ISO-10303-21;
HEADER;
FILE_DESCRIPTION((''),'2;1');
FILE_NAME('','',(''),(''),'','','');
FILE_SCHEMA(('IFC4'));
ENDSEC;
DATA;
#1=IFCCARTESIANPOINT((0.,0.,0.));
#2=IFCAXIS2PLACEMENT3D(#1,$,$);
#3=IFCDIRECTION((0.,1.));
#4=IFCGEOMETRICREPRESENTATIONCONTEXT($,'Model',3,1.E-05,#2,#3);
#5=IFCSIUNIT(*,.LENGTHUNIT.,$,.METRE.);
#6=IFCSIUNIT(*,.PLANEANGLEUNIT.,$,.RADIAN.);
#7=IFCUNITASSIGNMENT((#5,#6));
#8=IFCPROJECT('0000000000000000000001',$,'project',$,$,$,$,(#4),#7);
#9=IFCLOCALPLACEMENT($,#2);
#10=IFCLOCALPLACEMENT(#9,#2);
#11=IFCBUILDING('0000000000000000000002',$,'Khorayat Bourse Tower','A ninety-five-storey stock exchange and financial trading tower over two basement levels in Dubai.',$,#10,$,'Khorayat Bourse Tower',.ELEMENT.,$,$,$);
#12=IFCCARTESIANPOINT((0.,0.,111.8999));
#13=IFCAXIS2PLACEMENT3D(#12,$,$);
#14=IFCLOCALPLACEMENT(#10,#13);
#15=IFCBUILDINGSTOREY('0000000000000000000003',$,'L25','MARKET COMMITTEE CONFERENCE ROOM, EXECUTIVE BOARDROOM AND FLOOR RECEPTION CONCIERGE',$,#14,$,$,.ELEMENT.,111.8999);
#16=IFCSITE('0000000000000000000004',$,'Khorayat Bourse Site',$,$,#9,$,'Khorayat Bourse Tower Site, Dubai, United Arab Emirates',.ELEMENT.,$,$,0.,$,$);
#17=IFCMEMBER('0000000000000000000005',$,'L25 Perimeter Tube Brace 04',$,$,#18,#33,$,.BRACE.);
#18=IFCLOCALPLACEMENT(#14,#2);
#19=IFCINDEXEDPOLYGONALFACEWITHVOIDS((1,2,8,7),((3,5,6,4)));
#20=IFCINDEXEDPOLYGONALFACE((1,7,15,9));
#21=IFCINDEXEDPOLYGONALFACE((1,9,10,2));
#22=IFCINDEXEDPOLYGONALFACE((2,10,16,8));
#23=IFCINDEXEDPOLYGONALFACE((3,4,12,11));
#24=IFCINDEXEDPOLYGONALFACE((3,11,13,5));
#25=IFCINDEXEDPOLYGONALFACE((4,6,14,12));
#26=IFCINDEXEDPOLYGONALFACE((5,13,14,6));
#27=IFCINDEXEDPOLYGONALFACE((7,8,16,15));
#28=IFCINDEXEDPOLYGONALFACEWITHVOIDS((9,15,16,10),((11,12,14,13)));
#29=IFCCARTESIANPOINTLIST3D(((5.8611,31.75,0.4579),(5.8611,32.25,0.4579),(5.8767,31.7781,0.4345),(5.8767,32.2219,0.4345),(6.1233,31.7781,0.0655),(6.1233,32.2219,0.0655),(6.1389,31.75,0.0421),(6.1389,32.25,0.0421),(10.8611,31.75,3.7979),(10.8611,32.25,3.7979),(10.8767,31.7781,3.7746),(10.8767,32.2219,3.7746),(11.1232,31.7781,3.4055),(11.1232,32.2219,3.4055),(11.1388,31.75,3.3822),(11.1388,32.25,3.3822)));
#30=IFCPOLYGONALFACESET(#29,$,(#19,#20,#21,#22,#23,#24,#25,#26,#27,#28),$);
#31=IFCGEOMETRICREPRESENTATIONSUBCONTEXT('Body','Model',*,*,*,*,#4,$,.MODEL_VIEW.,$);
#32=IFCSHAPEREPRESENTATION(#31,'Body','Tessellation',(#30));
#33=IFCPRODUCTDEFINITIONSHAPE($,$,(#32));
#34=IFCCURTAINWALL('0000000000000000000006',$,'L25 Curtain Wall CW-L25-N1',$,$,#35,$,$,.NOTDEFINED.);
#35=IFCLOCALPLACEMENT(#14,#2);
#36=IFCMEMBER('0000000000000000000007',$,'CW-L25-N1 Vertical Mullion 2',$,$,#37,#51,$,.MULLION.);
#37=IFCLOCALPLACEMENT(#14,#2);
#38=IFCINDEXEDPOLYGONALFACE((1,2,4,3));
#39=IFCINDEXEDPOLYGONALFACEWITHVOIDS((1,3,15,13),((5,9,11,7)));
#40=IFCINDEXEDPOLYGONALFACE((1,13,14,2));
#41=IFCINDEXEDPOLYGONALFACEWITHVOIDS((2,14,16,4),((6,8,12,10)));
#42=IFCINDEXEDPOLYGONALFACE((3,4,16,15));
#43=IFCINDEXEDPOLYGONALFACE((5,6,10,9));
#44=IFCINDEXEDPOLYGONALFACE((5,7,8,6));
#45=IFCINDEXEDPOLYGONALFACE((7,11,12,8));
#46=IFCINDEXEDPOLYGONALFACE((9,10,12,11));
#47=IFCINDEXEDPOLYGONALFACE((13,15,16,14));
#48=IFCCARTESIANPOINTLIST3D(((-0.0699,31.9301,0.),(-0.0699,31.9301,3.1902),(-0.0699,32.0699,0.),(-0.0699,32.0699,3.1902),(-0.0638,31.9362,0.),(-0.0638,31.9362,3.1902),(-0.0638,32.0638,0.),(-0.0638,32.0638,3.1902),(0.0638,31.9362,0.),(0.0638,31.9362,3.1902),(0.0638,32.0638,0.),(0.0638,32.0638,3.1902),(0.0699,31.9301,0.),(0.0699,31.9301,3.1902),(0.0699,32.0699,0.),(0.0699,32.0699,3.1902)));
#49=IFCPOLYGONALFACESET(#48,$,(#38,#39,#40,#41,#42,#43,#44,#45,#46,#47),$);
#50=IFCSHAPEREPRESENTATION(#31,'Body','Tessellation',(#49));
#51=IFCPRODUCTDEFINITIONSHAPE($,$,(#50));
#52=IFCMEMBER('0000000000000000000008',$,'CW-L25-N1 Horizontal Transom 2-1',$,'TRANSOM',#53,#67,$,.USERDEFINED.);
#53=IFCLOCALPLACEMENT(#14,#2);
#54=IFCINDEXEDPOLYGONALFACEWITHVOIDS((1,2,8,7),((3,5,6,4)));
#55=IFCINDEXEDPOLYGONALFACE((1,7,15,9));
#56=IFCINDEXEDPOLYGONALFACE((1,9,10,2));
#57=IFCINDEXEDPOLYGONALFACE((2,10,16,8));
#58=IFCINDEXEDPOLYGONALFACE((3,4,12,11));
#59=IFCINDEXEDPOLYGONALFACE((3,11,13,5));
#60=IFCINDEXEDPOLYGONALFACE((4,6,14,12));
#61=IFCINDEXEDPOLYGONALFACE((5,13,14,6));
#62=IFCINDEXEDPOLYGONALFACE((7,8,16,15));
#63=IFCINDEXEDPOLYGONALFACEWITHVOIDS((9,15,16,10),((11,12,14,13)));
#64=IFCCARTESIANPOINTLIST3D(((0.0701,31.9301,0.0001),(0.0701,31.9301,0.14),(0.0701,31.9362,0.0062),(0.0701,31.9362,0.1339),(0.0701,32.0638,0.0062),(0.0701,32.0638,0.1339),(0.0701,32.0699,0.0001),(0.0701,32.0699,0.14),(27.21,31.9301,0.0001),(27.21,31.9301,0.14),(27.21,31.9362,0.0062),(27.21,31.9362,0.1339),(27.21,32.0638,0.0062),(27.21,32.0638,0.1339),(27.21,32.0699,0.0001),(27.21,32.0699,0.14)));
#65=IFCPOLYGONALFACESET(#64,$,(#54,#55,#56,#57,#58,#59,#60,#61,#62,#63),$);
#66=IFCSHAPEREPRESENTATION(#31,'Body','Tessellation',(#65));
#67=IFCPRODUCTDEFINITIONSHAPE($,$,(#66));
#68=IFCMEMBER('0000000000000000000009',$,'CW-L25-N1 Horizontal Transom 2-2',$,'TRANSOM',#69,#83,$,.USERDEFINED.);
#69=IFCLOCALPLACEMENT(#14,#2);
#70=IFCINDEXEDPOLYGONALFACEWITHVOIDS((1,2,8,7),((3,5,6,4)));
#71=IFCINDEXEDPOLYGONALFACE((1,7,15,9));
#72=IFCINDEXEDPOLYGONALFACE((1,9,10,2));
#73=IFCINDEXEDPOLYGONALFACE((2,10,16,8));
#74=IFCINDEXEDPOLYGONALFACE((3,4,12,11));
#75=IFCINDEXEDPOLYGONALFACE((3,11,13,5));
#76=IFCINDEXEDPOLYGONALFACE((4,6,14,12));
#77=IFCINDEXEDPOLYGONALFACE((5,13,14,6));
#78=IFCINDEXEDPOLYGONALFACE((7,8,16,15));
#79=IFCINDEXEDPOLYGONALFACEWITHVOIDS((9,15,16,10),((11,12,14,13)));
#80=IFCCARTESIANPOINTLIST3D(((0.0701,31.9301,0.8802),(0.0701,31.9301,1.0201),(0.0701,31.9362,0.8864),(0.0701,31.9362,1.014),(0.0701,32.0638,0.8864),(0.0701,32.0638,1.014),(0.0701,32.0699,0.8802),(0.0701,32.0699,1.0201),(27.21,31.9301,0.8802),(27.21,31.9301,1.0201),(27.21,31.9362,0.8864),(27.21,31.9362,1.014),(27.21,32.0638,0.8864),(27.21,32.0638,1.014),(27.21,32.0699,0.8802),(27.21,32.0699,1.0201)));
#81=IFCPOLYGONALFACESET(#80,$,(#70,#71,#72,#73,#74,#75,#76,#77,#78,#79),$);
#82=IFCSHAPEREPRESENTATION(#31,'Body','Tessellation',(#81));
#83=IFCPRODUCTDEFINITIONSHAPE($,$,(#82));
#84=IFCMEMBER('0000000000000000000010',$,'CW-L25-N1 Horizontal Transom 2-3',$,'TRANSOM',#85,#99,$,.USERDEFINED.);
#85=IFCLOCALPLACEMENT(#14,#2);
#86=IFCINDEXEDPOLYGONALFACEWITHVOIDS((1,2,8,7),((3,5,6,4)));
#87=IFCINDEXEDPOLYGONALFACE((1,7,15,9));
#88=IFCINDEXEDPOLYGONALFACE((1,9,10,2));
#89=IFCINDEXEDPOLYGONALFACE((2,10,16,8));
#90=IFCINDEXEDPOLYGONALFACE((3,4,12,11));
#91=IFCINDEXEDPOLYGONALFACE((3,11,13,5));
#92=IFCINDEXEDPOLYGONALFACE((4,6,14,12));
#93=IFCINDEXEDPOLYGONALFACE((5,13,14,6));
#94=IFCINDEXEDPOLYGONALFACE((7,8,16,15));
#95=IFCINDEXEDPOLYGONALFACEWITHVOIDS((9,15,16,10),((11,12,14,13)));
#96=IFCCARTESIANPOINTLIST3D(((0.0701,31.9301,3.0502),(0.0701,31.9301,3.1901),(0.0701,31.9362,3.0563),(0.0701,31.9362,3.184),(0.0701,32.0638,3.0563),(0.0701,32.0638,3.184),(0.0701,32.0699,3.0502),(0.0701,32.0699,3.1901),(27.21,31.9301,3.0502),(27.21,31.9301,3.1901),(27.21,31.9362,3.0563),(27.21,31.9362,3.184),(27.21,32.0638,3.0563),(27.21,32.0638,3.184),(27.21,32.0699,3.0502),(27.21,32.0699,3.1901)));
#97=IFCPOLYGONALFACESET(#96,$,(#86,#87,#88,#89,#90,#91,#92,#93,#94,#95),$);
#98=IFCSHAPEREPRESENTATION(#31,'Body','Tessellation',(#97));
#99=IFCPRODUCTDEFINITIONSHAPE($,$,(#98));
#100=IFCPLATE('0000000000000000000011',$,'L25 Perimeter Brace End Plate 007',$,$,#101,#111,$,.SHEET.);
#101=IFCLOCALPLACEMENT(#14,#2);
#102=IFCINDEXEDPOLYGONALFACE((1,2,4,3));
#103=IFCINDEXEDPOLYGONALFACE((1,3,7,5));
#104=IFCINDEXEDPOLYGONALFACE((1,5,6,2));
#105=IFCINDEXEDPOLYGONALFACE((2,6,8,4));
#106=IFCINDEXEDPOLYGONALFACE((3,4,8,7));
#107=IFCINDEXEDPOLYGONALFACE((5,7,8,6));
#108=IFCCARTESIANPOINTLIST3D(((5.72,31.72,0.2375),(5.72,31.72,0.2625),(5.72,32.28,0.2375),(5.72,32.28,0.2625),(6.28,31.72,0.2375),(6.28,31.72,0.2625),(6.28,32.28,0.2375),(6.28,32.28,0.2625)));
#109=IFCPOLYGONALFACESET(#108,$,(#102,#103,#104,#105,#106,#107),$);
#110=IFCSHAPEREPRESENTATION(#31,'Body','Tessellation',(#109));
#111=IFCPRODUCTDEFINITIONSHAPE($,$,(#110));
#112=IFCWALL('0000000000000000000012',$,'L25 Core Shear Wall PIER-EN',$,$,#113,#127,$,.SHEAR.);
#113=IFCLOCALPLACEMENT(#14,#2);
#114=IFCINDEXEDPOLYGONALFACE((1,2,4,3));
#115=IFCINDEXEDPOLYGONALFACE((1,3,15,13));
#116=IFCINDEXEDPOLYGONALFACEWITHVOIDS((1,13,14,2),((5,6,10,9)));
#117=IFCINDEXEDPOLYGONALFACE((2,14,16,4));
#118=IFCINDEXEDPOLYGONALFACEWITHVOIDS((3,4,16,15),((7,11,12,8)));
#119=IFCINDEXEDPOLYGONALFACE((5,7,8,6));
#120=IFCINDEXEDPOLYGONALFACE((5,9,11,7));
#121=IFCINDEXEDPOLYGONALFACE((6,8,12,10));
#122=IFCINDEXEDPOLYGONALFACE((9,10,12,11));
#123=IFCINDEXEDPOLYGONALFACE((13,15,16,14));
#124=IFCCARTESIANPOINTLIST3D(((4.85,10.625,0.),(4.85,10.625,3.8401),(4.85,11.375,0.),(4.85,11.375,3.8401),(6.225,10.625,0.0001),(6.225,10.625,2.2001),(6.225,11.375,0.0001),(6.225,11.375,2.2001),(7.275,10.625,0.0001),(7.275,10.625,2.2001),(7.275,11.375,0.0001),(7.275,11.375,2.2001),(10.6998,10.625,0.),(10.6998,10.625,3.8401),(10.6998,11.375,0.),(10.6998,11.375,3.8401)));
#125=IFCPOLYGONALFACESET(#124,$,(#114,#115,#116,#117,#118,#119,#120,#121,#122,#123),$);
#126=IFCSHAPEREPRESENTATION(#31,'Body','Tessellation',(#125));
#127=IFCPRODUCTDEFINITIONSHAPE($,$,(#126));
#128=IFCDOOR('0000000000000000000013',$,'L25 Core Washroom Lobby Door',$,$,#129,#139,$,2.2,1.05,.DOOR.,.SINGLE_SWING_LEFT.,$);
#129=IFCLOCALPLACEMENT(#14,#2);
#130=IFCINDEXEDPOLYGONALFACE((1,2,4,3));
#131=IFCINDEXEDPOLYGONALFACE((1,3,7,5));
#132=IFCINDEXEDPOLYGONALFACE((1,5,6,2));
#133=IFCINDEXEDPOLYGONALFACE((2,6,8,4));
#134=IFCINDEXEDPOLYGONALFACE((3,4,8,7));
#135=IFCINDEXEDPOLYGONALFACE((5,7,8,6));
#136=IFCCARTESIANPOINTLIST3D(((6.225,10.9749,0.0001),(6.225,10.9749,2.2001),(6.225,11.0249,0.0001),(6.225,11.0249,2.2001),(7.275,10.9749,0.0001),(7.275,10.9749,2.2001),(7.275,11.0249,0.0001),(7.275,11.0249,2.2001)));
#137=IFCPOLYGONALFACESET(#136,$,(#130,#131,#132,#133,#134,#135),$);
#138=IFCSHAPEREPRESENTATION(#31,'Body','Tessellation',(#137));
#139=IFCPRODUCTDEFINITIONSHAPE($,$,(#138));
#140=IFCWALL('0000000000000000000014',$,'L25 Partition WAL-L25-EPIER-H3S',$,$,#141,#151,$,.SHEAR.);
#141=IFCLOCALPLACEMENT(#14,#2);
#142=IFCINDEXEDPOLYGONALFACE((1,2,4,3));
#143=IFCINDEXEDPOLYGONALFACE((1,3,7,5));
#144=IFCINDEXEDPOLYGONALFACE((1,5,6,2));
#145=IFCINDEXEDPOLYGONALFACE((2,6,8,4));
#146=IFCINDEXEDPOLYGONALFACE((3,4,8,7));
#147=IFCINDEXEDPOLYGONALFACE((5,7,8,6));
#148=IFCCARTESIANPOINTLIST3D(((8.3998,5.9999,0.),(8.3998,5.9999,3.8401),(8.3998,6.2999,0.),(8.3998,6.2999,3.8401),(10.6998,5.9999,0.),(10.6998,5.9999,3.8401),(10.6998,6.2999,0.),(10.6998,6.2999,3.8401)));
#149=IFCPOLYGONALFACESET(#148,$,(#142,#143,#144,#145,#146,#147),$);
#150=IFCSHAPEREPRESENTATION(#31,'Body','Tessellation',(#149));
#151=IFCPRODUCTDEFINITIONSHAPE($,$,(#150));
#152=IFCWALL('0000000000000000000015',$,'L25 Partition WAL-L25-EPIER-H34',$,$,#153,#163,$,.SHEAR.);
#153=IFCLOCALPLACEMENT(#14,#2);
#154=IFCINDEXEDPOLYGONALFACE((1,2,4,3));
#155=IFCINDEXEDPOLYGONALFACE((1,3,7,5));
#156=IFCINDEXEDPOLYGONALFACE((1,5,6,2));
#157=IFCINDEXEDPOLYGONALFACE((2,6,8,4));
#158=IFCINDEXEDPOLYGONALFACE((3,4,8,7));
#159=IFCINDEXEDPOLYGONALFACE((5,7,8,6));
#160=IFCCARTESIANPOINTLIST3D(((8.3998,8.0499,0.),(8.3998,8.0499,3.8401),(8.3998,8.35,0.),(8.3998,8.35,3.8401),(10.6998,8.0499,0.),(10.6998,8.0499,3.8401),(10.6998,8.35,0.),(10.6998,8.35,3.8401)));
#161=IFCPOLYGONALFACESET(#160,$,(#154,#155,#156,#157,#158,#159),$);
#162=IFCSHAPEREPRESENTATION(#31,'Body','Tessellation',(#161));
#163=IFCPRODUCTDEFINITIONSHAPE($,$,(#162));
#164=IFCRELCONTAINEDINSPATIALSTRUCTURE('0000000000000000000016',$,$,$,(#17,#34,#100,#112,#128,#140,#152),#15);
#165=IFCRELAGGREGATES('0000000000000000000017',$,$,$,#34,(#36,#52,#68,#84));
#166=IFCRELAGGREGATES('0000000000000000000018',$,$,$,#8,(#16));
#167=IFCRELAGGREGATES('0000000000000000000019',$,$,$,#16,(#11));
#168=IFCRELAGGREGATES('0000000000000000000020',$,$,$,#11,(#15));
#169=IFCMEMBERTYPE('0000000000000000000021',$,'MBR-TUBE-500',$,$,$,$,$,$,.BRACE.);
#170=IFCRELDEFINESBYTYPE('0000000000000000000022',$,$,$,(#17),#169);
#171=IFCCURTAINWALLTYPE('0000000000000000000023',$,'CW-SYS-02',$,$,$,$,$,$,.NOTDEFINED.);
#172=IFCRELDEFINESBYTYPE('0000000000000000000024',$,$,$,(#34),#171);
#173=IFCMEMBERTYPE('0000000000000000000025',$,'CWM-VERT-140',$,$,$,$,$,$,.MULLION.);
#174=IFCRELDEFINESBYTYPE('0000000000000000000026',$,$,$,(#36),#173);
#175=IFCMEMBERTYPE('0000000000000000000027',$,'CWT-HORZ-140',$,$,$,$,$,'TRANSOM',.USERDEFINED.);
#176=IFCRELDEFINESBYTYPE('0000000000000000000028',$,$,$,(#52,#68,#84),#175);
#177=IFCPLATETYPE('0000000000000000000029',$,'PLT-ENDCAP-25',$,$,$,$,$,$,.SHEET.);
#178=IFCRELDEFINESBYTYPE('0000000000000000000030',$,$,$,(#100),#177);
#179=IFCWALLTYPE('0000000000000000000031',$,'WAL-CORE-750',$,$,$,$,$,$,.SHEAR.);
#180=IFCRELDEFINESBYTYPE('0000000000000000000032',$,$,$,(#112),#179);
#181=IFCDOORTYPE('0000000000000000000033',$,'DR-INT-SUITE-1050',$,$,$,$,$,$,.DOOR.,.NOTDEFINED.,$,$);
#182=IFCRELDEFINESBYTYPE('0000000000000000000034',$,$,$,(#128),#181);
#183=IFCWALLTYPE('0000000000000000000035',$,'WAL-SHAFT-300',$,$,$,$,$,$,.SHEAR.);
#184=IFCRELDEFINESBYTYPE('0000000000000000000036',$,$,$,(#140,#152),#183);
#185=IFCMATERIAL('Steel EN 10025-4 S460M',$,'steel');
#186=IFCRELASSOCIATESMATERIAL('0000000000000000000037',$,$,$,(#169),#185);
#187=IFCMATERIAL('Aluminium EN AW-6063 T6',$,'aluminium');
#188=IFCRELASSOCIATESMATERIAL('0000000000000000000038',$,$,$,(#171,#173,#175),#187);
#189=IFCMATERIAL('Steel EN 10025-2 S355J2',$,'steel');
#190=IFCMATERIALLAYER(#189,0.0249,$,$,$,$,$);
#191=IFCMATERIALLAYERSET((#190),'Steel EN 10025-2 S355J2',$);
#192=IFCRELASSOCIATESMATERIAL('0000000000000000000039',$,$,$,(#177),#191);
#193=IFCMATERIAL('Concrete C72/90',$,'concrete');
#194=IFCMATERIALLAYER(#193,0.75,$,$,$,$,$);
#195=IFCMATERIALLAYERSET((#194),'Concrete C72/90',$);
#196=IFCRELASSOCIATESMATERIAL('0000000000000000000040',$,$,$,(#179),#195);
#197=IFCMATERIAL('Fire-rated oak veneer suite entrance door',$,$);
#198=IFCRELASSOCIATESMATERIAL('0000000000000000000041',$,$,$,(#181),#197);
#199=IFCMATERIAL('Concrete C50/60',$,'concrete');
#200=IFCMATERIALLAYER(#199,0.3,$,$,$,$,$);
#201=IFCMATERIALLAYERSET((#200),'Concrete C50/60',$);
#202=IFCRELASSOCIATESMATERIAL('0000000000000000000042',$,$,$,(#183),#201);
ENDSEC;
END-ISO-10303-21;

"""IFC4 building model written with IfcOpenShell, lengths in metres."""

from ifc_helpers import new_model, si_unit, direction, frame, frame_2d, origin, origin_2d, place, context, subcontext, project, spatial, rectangle, hollow_rectangle, extrude, source, transform, mapped, material, layer, layer_set, material_profile, profile_set, type_object, element, fill, aggregate, save


model = new_model("IFC4")

# Units and contexts
model_context = context("Model", 3, precision=1e-05, world=origin(), true_north=direction((0.0, 1.0)))
body_context = subcontext(model_context, "Body", "Model", "MODEL_VIEW")
ifc_project = project(units=[si_unit("LENGTHUNIT", "METRE"), si_unit("PLANEANGLEUNIT", "RADIAN")], contexts=[model_context])

# Site, building, storey
site_placement = place(None, origin())
site = spatial("IfcSite", under=ifc_project, at=site_placement, Name="Khorayat Bourse Site", LongName="Khorayat Bourse Tower Site, Dubai, United Arab Emirates", CompositionType="ELEMENT", RefElevation=0.0)
building_placement = place(site_placement, origin())
building = spatial("IfcBuilding", under=site, at=building_placement, Name="Khorayat Bourse Tower", Description="A ninety-five-storey stock exchange and financial trading tower over two basement levels in Dubai.", LongName="Khorayat Bourse Tower", CompositionType="ELEMENT")
storey_placement = place(building_placement, frame((0.0, 0.0, 111.8999)))
storey = spatial("IfcBuildingStorey", under=building, at=storey_placement, Name="L25", Description="MARKET COMMITTEE CONFERENCE ROOM, EXECUTIVE BOARDROOM AND FLOOR RECEPTION CONCIERGE", CompositionType="ELEMENT", Elevation=111.8999)

# Shared definitions
ifc_material_1 = material(Name="Steel EN 10025-4 S460M", Category="steel")
ifc_material_2 = material(Name="Concrete C72/90", Category="concrete")

# Member
ifc_material_profile_1 = material_profile(ifc_material_1, hollow_rectangle(XDim=0.5, YDim=0.5, WallThickness=0.0281, at=origin_2d()), Name="HSS 500x500x28")
ifc_profile_set_1 = profile_set([ifc_material_profile_1], Name="Steel EN 10025-4 S460M")
member_type_1 = type_object("IfcMemberType", Name="MBR-TUBE-500", PredefinedType="BRACE", material=ifc_profile_set_1)
shared_shape_1 = source(origin(), body_context, "Body", "SweptSolid", [
    extrude(hollow_rectangle(XDim=0.5, YDim=0.5, WallThickness=0.0281, at=origin_2d()), origin(), (0.0, 0.0, 1.0), 6.0129),
])
member_1_placement = place(storey_placement, frame((6.0, 32.0, 0.25), z_axis=(0.831531, 0.0, 0.555478), x_axis=(0.0, 1.0, 0.0)))
element("IfcMember", 1, at=member_1_placement, inside=storey, type_object=member_type_1, Name="L25 Perimeter Tube Brace 04", PredefinedType="BRACE", context=body_context, shape_type="MappedRepresentation", body=[
    mapped(shared_shape_1, transform((0.0, 0.0, 0.0), scale=1.0)),
])

# Curtain wall, members
ifc_material_3 = material(Name="Aluminium EN AW-6063 T6", Category="aluminium")
curtain_wall_type = type_object("IfcCurtainWallType", Name="CW-SYS-02", PredefinedType="NOTDEFINED", material=ifc_material_3)
curtain_wall_placement = place(storey_placement, origin())
curtain_wall = element("IfcCurtainWall", 2, at=curtain_wall_placement, inside=storey, type_object=curtain_wall_type, Name="L25 Curtain Wall CW-L25-N1", PredefinedType="NOTDEFINED")
ifc_material_profile_2 = material_profile(ifc_material_3, hollow_rectangle(XDim=0.1399, YDim=0.1399, WallThickness=0.0061, at=origin_2d()), Name="ALU 140x140x6")
ifc_profile_set_2 = profile_set([ifc_material_profile_2], Name="Aluminium EN AW-6063 T6")
member_type_2 = type_object("IfcMemberType", Name="CWM-VERT-140", PredefinedType="MULLION", material=ifc_profile_set_2)
shared_shape_2 = source(origin(), body_context, "Body", "SweptSolid", [
    extrude(hollow_rectangle(XDim=0.1399, YDim=0.1399, WallThickness=0.0061, at=origin_2d()), origin(), (0.0, 0.0, 1.0), 3.1902),
])
member_2_placement = place(storey_placement, frame((0.0, 32.0, 0.0), z_axis=(0.0, 0.0, 1.0), x_axis=(0.0, 1.0, 0.0)))
member_2 = element("IfcMember", 3, at=member_2_placement, type_object=member_type_2, Name="CW-L25-N1 Vertical Mullion 2", PredefinedType="MULLION", context=body_context, shape_type="MappedRepresentation", body=[
    mapped(shared_shape_2, transform((0.0, 0.0, 0.0), scale=1.0)),
])
ifc_material_profile_3 = material_profile(ifc_material_3, hollow_rectangle(XDim=0.1399, YDim=0.1399, WallThickness=0.0061, at=origin_2d()), Name="ALU 140x140x6")
ifc_profile_set_3 = profile_set([ifc_material_profile_3], Name="Aluminium EN AW-6063 T6")
member_type_3 = type_object("IfcMemberType", Name="CWT-HORZ-140", ElementType="TRANSOM", PredefinedType="USERDEFINED", material=ifc_profile_set_3)
shared_shape_3 = source(origin(), body_context, "Body", "SweptSolid", [
    extrude(hollow_rectangle(XDim=0.1399, YDim=0.1399, WallThickness=0.0061, at=origin_2d()), origin(), (0.0, 0.0, 1.0), 27.1399),
])
member_3_placement = place(storey_placement, frame((0.0701, 32.0, 0.0701), z_axis=(1.0, 0.0, 0.0), x_axis=(0.0, 1.0, 0.0)))
member_3 = element("IfcMember", 4, at=member_3_placement, type_object=member_type_3, Name="CW-L25-N1 Horizontal Transom 2-1", ObjectType="TRANSOM", PredefinedType="USERDEFINED", context=body_context, shape_type="MappedRepresentation", body=[
    mapped(shared_shape_3, transform((0.0, 0.0, 0.0), scale=1.0)),
])
member_4_placement = place(storey_placement, frame((0.0701, 32.0, 0.9502), z_axis=(1.0, 0.0, 0.0), x_axis=(0.0, 1.0, 0.0)))
member_4 = element("IfcMember", 5, at=member_4_placement, type_object=member_type_3, Name="CW-L25-N1 Horizontal Transom 2-2", ObjectType="TRANSOM", PredefinedType="USERDEFINED", context=body_context, shape_type="MappedRepresentation", body=[
    mapped(shared_shape_3, transform((0.0, 0.0, 0.0), scale=1.0)),
])
member_5_placement = place(storey_placement, frame((0.0701, 32.0, 3.1201), z_axis=(1.0, 0.0, 0.0), x_axis=(0.0, 1.0, 0.0)))
member_5 = element("IfcMember", 6, at=member_5_placement, type_object=member_type_3, Name="CW-L25-N1 Horizontal Transom 2-3", ObjectType="TRANSOM", PredefinedType="USERDEFINED", context=body_context, shape_type="MappedRepresentation", body=[
    mapped(shared_shape_3, transform((0.0, 0.0, 0.0), scale=1.0)),
])
aggregate(curtain_wall, [member_2, member_3, member_4, member_5])

# Plate
ifc_material_4 = material(Name="Steel EN 10025-2 S355J2", Category="steel")
ifc_layer_1 = layer(ifc_material_4, 0.0249)
ifc_layer_set_1 = layer_set([ifc_layer_1], Name="Steel EN 10025-2 S355J2")
plate_type = type_object("IfcPlateType", Name="PLT-ENDCAP-25", PredefinedType="SHEET", material=ifc_layer_set_1)
shared_shape_4 = source(origin(), body_context, "Body", "SweptSolid", [
    extrude(rectangle(XDim=0.5601, YDim=0.5601, at=origin_2d()), origin(), (0.0, 0.0, 1.0), 0.0249),
])
plate_placement = place(storey_placement, frame((6.0, 32.0, 0.2375), z_axis=(0.0, 0.0, 1.0), x_axis=(1.0, 0.0, 0.0)))
element("IfcPlate", 7, at=plate_placement, inside=storey, type_object=plate_type, Name="L25 Perimeter Brace End Plate 007", PredefinedType="SHEET", context=body_context, shape_type="MappedRepresentation", body=[
    mapped(shared_shape_4, transform((0.0, 0.0, 0.0), scale=1.0)),
])

# Wall, opening, door
ifc_layer_2 = layer(ifc_material_2, 0.75)
ifc_layer_set_2 = layer_set([ifc_layer_2], Name="Concrete C72/90")
wall_type_1 = type_object("IfcWallType", Name="WAL-CORE-750", PredefinedType="SHEAR", material=ifc_layer_set_2)
shared_shape_5 = source(origin(), body_context, "Body", "SweptSolid", [
    extrude(rectangle(XDim=5.8499, YDim=0.75, at=frame_2d((2.9248, 0.0))), origin(), (0.0, 0.0, 1.0), 3.8401),
])
wall_1_placement = place(storey_placement, frame((4.8501, 11.0, 0.0), z_axis=(0.0, 0.0, 1.0), x_axis=(1.0, 0.0, 0.0)))
wall_1 = element("IfcWall", 8, at=wall_1_placement, inside=storey, type_object=wall_type_1, Name="L25 Core Shear Wall PIER-EN", PredefinedType="SHEAR", context=body_context, shape_type="MappedRepresentation", body=[
    mapped(shared_shape_5, transform((0.0, 0.0, 0.0), scale=1.0)),
])
shared_shape_6 = source(origin(), body_context, "Body", "SweptSolid", [
    extrude(rectangle(XDim=1.05, YDim=2.2, at=frame_2d((0.5249, 1.1001))), frame((0.0, 0.385, 0.0), z_axis=(0.0, -1.0, 0.0), x_axis=(1.0, 0.0, 0.0)), (0.0, 0.0, 1.0), 0.77),
])
opening_1_placement = place(wall_1_placement, frame((1.375, 0.0, 0.0)))
opening_1 = element("IfcOpeningElement", 9, at=opening_1_placement, cuts=wall_1, PredefinedType="OPENING", context=body_context, shape_type="MappedRepresentation", body=[
    mapped(shared_shape_6, transform((0.0, 0.0, 0.0), scale=1.0)),
])
ifc_material_5 = material(Name="Fire-rated oak veneer suite entrance door")
door_type_1 = type_object("IfcDoorType", Name="DR-INT-SUITE-1050", OperationType="NOTDEFINED", PredefinedType="DOOR", material=ifc_material_5)
shared_shape_7 = source(origin(), body_context, "Body", "SweptSolid", [
    extrude(rectangle(XDim=1.05, YDim=2.2, at=frame_2d((0.5249, 1.1001))), frame((0.0, 0.0249, 0.0), z_axis=(0.0, -1.0, 0.0), x_axis=(1.0, 0.0, 0.0)), (0.0, 0.0, 1.0), 0.05),
])
door_1_placement = place(opening_1_placement, origin())
door_1 = element("IfcDoor", 10, at=door_1_placement, inside=storey, type_object=door_type_1, Name="L25 Core Washroom Lobby Door", OperationType="SINGLE_SWING_LEFT", OverallHeight=2.2, OverallWidth=1.05, PredefinedType="DOOR", context=body_context, shape_type="MappedRepresentation", body=[
    mapped(shared_shape_7, transform((0.0, 0.0, 0.0), scale=1.0)),
])
fill(opening_1, door_1)

# Walls
ifc_material_6 = material(Name="Concrete C50/60", Category="concrete")
ifc_layer_3 = layer(ifc_material_6, 0.3)
ifc_layer_set_3 = layer_set([ifc_layer_3], Name="Concrete C50/60")
wall_type_2 = type_object("IfcWallType", Name="WAL-SHAFT-300", PredefinedType="SHEAR", material=ifc_layer_set_3)
shared_shape_8 = source(origin(), body_context, "Body", "SweptSolid", [
    extrude(rectangle(XDim=2.3, YDim=0.3, at=frame_2d((1.1499, 0.0))), origin(), (0.0, 0.0, 1.0), 3.8401),
])
for number, where, z_axis, x_axis, name in (
    (11, (8.3999, 6.1499, 0.0), (0.0, 0.0, 1.0), (1.0, 0.0, 0.0), "L25 Partition WAL-L25-EPIER-H3S"),
    (12, (8.3999, 8.2, 0.0), (0.0, 0.0, 1.0), (1.0, 0.0, 0.0), "L25 Partition WAL-L25-EPIER-H34"),
):
    element("IfcWall", number, at=place(storey_placement, frame(where, z_axis=z_axis, x_axis=x_axis)), inside=storey, type_object=wall_type_2, Name=name, PredefinedType="SHEAR", context=body_context, shape_type="MappedRepresentation", body=[
        mapped(shared_shape_8, transform((0.0, 0.0, 0.0), scale=1.0)),
    ])

save(model, "model.ifc")
